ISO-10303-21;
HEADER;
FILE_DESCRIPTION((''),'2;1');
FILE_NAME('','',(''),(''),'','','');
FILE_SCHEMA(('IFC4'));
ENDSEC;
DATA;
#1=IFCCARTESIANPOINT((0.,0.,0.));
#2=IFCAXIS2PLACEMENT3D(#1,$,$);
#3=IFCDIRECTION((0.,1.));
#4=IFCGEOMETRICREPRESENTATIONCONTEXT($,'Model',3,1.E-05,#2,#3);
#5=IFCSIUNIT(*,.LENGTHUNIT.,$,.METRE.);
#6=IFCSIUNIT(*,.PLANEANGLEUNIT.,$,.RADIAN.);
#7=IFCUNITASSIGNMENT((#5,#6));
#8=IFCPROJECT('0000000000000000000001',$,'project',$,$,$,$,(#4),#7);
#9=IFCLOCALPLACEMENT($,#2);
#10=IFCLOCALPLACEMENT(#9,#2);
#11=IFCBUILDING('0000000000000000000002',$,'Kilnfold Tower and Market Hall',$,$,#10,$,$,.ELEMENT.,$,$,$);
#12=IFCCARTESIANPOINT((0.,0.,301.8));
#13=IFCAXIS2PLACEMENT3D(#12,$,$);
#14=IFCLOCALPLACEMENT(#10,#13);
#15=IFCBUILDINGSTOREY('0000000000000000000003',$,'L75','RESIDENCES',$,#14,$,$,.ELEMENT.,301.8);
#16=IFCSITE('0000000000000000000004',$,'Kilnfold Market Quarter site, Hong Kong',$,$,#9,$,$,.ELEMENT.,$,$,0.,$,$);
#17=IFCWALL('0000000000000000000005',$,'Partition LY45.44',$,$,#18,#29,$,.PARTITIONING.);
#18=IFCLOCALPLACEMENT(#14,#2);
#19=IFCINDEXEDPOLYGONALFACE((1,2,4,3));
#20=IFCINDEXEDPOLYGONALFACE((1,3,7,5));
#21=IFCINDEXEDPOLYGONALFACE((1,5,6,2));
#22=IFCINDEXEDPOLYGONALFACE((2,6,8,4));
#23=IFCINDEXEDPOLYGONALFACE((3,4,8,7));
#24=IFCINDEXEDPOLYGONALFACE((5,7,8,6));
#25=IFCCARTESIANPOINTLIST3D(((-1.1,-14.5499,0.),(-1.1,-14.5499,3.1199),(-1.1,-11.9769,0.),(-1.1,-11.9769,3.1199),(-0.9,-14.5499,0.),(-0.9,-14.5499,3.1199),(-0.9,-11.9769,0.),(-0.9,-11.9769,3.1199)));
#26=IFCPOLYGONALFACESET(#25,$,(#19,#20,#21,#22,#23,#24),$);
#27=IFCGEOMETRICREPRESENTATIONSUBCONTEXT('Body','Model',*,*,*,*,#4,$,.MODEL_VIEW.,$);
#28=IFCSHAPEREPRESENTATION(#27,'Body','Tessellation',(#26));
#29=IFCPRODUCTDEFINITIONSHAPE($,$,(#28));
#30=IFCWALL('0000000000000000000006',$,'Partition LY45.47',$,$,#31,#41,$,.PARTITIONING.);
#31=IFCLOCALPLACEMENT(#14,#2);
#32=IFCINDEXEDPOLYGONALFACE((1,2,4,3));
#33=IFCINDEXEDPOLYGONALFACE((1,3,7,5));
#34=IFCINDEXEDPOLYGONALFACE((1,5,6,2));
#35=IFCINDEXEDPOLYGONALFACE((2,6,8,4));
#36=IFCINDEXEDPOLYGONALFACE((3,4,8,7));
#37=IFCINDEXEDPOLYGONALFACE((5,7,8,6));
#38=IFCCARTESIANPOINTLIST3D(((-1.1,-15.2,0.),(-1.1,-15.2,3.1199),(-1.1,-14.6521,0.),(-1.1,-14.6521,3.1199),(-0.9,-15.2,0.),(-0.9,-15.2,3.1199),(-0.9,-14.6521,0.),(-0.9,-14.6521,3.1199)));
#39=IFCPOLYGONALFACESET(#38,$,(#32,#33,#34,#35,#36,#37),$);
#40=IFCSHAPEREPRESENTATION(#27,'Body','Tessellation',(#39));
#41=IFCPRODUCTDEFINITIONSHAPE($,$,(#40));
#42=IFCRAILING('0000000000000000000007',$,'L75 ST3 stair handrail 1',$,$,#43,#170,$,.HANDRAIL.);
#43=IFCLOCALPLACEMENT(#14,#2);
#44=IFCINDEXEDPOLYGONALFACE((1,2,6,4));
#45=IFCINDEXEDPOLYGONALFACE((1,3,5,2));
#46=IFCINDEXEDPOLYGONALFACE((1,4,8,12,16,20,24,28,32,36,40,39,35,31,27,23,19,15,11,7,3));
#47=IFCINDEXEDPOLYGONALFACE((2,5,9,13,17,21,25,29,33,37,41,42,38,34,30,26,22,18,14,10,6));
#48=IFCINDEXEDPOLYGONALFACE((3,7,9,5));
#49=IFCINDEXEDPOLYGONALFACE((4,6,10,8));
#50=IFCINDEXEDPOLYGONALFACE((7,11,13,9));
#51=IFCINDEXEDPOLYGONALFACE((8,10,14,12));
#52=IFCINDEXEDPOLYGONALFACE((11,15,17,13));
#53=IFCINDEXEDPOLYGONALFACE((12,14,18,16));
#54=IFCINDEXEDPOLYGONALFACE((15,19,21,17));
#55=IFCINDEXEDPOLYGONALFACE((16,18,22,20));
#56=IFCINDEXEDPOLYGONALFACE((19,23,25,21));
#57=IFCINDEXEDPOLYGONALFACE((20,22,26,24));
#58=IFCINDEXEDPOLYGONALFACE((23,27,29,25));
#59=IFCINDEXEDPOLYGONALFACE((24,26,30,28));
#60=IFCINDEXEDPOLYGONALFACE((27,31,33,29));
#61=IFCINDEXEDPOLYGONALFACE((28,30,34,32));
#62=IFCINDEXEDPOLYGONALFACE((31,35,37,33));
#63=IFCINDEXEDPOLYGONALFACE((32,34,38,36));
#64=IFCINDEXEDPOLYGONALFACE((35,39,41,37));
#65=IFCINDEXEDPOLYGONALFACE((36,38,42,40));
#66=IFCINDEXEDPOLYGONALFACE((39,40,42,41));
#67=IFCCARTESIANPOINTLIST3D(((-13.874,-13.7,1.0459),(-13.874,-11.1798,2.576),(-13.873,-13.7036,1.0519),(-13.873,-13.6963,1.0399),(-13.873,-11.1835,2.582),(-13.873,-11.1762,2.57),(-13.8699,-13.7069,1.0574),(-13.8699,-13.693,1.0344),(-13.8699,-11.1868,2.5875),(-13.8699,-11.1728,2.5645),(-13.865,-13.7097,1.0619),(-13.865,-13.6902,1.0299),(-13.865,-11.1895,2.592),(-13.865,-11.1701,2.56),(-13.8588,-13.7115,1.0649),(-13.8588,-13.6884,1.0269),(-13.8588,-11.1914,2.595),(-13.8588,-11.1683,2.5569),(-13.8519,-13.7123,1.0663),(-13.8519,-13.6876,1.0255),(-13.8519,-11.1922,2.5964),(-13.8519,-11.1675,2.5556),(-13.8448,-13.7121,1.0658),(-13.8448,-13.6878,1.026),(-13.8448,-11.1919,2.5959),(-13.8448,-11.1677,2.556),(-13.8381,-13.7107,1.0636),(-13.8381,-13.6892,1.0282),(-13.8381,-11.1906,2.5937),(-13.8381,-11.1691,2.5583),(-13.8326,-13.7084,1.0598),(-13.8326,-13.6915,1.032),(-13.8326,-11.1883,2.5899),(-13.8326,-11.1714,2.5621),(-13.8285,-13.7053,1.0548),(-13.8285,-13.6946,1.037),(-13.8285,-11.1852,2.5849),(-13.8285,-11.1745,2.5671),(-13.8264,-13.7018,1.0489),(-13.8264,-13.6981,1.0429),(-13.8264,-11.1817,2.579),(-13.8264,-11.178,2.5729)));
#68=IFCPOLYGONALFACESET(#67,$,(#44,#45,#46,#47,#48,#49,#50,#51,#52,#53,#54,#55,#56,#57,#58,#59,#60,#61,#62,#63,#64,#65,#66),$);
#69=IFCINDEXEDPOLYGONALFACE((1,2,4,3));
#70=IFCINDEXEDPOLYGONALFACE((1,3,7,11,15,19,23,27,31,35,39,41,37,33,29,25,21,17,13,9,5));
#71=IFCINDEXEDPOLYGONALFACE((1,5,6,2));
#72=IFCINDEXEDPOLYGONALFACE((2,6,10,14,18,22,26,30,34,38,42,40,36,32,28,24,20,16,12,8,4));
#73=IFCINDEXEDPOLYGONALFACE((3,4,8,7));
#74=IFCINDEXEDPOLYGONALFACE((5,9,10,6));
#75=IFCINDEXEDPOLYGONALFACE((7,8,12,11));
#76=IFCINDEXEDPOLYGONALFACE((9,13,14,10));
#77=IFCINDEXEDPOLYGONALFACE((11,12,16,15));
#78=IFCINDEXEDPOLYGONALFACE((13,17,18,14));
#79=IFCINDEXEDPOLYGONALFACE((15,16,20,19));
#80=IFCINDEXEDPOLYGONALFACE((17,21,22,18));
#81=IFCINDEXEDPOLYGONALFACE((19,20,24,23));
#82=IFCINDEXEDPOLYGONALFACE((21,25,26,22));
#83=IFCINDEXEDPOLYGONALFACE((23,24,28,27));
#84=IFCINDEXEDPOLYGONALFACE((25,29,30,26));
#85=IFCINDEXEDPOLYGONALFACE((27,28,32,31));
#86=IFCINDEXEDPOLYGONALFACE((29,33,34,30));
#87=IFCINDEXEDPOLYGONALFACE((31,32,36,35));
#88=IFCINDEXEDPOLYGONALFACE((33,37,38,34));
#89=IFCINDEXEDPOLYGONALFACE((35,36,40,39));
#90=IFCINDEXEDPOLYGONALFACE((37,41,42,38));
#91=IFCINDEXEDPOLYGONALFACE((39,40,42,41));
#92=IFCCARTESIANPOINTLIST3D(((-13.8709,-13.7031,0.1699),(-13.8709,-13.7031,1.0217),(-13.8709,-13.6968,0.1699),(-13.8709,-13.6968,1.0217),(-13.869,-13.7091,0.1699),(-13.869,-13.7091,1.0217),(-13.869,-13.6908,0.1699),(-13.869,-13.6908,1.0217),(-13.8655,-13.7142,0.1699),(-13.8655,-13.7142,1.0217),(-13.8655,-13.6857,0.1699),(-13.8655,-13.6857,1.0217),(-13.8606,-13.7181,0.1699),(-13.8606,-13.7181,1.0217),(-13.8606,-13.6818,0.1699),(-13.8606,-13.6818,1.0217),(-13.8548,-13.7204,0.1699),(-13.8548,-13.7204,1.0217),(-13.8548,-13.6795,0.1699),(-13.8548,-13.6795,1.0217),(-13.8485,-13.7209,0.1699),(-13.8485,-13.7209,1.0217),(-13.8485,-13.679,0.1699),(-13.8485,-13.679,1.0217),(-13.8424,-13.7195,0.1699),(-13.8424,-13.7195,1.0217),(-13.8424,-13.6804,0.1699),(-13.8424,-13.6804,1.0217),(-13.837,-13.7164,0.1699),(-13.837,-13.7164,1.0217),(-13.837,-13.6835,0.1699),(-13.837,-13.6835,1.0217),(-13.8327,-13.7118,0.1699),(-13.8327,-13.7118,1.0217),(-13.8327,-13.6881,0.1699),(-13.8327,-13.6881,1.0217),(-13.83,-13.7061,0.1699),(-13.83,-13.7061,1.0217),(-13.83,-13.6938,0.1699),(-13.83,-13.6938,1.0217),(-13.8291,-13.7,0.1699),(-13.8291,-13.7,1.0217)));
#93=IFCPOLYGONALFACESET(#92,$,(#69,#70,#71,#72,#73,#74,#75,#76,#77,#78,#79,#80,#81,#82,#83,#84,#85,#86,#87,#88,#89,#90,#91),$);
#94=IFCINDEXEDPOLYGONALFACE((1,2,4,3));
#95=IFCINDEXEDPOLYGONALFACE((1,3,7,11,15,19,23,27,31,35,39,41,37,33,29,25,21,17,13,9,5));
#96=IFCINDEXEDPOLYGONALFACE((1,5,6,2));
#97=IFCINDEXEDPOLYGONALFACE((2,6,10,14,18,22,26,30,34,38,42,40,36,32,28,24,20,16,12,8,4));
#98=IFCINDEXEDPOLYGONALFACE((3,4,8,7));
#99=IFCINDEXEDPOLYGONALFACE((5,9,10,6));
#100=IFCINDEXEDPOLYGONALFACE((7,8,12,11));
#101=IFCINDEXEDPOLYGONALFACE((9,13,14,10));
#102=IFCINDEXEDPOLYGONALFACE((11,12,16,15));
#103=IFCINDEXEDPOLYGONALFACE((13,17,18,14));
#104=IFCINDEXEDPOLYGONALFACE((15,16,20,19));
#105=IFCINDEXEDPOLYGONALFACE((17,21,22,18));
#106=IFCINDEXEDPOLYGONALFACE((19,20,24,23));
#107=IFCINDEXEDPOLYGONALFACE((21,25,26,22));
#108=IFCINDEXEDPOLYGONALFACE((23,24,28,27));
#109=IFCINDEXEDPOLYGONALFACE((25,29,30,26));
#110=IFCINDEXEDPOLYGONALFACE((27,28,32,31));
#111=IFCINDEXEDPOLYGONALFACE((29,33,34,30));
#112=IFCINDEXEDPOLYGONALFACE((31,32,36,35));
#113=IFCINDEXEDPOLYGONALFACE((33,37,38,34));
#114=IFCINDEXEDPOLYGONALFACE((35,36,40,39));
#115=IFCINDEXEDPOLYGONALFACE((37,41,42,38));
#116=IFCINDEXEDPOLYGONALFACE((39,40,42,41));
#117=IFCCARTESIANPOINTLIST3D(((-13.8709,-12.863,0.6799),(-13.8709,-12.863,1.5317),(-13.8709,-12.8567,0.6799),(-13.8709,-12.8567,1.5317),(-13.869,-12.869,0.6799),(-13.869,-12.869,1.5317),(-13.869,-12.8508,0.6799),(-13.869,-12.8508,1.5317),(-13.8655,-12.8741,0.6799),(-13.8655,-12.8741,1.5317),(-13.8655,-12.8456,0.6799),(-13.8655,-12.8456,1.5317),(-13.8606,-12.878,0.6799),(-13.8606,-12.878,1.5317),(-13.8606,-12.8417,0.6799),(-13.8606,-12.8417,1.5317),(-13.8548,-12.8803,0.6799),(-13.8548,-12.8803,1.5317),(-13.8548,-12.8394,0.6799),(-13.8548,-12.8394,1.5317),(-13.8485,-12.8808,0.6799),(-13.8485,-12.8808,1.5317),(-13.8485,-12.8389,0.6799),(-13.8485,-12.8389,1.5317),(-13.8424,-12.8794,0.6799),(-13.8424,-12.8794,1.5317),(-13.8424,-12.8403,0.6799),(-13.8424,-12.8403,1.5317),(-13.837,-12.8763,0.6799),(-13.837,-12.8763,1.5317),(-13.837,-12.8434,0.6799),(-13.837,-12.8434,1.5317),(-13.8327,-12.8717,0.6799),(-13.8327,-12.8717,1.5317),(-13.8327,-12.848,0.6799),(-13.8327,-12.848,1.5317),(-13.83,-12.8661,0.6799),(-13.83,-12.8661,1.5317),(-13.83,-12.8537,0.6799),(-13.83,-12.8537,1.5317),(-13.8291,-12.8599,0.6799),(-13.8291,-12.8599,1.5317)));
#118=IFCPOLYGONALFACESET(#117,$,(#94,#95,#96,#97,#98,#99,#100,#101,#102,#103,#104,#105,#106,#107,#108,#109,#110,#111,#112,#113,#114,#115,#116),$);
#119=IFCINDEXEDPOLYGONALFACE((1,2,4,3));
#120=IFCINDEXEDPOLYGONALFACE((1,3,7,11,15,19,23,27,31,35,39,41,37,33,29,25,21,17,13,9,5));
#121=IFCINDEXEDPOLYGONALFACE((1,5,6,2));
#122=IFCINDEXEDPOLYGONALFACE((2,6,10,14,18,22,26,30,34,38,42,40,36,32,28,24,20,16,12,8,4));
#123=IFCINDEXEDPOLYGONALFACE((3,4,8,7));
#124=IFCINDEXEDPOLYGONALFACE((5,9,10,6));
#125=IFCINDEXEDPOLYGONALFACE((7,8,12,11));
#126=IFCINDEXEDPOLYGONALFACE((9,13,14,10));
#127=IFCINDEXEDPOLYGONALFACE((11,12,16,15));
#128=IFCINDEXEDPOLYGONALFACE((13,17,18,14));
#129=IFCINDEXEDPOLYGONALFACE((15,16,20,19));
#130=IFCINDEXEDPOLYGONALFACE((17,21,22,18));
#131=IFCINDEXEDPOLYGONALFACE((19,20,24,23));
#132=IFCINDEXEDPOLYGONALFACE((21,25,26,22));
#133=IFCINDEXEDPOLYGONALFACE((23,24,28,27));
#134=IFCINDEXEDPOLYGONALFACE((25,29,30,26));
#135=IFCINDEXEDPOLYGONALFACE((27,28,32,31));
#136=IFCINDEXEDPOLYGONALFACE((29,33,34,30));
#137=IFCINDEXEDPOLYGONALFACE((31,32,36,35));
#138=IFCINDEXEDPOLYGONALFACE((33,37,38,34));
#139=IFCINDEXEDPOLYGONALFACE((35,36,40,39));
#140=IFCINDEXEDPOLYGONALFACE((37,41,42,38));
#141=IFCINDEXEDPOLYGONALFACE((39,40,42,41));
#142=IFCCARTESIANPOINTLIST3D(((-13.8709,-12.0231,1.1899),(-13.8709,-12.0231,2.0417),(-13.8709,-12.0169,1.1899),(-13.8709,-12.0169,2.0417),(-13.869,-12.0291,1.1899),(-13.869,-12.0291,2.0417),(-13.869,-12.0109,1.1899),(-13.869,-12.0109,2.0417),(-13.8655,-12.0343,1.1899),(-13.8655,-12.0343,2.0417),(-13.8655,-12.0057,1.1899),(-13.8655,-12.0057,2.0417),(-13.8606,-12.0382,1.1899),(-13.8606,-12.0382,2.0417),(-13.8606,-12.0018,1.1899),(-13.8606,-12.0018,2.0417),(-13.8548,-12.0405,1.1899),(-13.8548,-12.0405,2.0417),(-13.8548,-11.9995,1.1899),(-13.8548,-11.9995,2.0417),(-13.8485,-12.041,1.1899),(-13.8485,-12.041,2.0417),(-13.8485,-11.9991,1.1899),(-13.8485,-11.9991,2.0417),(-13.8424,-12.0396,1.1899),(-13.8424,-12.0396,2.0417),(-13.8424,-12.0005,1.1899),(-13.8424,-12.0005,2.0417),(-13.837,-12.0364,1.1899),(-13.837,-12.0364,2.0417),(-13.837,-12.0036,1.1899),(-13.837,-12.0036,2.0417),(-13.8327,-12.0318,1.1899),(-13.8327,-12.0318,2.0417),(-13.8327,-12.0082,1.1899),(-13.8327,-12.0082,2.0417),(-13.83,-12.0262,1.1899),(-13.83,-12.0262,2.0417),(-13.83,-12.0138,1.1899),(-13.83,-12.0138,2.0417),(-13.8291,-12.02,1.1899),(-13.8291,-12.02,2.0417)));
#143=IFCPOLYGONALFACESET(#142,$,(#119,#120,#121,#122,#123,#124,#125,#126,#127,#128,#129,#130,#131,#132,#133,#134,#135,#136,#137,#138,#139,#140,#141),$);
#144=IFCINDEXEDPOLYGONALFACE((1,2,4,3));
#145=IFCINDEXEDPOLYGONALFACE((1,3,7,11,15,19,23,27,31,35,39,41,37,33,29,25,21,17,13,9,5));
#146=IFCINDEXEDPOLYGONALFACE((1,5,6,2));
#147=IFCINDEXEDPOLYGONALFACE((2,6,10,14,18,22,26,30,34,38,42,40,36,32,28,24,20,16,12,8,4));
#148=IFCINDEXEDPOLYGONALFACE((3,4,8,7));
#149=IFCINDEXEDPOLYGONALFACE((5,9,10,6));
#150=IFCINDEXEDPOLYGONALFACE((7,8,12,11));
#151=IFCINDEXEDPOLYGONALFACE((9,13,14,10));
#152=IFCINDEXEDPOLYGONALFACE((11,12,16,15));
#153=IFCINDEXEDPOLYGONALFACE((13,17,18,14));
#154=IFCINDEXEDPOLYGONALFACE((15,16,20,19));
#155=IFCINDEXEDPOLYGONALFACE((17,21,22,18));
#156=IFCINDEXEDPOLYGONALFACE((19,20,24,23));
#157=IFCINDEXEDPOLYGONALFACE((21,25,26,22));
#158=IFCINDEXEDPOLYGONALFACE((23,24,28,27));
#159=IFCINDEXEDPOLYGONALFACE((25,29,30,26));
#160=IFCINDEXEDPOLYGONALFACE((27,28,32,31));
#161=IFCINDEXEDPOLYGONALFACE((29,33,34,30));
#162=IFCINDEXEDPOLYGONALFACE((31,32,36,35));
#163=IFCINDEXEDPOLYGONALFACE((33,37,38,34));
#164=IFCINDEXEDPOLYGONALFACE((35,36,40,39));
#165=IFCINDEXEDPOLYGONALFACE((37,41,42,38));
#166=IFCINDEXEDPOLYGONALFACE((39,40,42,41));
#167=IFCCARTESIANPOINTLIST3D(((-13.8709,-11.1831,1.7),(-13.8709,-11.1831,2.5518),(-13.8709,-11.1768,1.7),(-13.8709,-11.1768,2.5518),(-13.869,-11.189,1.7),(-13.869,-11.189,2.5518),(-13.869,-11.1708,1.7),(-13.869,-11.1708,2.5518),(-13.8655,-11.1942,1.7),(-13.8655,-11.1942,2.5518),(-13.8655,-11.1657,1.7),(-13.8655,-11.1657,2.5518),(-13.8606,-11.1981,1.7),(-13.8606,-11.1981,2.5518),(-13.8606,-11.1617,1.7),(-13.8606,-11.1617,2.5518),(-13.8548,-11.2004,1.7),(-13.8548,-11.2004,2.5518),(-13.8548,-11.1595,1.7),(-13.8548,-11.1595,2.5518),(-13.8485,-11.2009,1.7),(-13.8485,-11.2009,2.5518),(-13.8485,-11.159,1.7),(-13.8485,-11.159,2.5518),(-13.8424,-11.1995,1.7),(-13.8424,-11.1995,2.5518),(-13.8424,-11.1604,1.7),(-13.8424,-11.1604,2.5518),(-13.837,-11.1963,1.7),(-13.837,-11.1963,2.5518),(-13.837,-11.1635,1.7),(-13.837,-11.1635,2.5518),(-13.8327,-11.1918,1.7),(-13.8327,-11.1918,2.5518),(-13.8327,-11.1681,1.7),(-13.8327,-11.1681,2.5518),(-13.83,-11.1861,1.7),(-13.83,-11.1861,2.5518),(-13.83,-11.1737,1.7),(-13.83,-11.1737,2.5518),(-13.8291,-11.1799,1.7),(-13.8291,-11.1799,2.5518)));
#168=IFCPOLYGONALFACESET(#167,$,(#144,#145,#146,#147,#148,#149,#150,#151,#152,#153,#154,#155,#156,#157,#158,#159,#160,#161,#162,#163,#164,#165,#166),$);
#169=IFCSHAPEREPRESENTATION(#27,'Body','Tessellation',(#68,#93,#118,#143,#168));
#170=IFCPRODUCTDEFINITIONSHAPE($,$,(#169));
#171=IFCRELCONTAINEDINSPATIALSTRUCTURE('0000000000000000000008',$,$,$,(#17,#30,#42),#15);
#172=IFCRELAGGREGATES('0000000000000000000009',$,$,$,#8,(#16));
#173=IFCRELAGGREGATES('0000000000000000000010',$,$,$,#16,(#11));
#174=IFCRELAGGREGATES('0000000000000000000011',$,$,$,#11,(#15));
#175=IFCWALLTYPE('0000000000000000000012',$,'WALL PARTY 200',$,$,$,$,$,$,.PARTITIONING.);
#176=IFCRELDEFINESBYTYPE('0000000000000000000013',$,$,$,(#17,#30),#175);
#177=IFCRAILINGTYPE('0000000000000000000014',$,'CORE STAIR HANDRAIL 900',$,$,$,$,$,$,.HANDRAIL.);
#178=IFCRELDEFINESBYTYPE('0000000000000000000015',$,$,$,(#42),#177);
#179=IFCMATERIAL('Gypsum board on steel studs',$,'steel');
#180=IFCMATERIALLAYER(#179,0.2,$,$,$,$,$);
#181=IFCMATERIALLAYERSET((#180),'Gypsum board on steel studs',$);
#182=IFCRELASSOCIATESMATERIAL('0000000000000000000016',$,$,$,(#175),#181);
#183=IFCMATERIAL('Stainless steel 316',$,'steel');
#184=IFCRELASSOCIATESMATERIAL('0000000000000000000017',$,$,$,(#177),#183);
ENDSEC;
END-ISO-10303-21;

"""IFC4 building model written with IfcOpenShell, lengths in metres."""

from ifc_helpers import new_model, si_unit, direction, frame, frame_2d, origin, origin_2d, place, context, subcontext, project, spatial, rectangle, circle, extrude, material, layer, layer_set, type_object, element, save


model = new_model("IFC4")

# Units and contexts
model_context = context("Model", 3, precision=1e-05, world=origin(), true_north=direction((0.0, 1.0)))
body_context = subcontext(model_context, "Body", "Model", "MODEL_VIEW")
ifc_project = project(units=[si_unit("LENGTHUNIT", "METRE"), si_unit("PLANEANGLEUNIT", "RADIAN")], contexts=[model_context])

# Site, building, storey
site_placement = place(None, origin())
site = spatial("IfcSite", under=ifc_project, at=site_placement, Name="Kilnfold Market Quarter site, Hong Kong", CompositionType="ELEMENT", RefElevation=0.0)
building_placement = place(site_placement, origin())
building = spatial("IfcBuilding", under=site, at=building_placement, Name="Kilnfold Tower and Market Hall", CompositionType="ELEMENT")
storey_placement = place(building_placement, frame((0.0, 0.0, 301.8)))
storey = spatial("IfcBuildingStorey", under=building, at=storey_placement, Name="L75", Description="RESIDENCES", CompositionType="ELEMENT", Elevation=301.8)

# Walls
ifc_material_1 = material(Name="Gypsum board on steel studs", Category="steel")
ifc_layer_1 = layer(ifc_material_1, 0.2)
ifc_layer_set_1 = layer_set([ifc_layer_1], Name="Gypsum board on steel studs")
wall_type_1 = type_object("IfcWallType", Name="WALL PARTY 200", PredefinedType="PARTITIONING", material=ifc_layer_set_1)
wall_1_placement = place(storey_placement, frame((-1.0, -14.55, 0.0), z_axis=(0.0, 0.0, 1.0), x_axis=(0.0, 1.0, 0.0)))
element("IfcWall", 1, at=wall_1_placement, inside=storey, type_object=wall_type_1, Name="Partition LY45.44", PredefinedType="PARTITIONING", context=body_context, shape_type="SweptSolid", body=[
    extrude(rectangle(XDim=2.573, YDim=0.2, at=frame_2d((1.2866, 0.0))), origin(), (0.0, 0.0, 1.0), 3.1199),
])
wall_2_placement = place(storey_placement, frame((-1.0, -15.2, 0.0), z_axis=(0.0, 0.0, 1.0), x_axis=(0.0, 1.0, 0.0)))
element("IfcWall", 2, at=wall_2_placement, inside=storey, type_object=wall_type_1, Name="Partition LY45.47", PredefinedType="PARTITIONING", context=body_context, shape_type="SweptSolid", body=[
    extrude(rectangle(XDim=0.5479, YDim=0.2, at=frame_2d((0.2739, 0.0))), origin(), (0.0, 0.0, 1.0), 3.1199),
])

# Railing
ifc_material_2 = material(Name="Stainless steel 316", Category="steel")
railing_type = type_object("IfcRailingType", Name="CORE STAIR HANDRAIL 900", PredefinedType="HANDRAIL", material=ifc_material_2)
railing_placement = place(storey_placement, frame((-13.8501, -13.7, 0.1699)))
element("IfcRailing", 3, at=railing_placement, inside=storey, type_object=railing_type, Name="L75 ST3 stair handrail 1", PredefinedType="HANDRAIL", context=body_context, shape_type="SweptSolid", body=[
    extrude(circle(Radius=0.0239, at=origin_2d()), frame((0.0, 0.0, 0.876), z_axis=(0.0, 0.854785, 0.518982), x_axis=(-1.0, 0.0, 0.0)), (0.0, 0.0, 1.0), 2.9482),
    extrude(circle(Radius=0.021, at=origin_2d()), origin(), (0.0, 0.0, 1.0), 0.8518),
    extrude(circle(Radius=0.021, at=origin_2d()), frame((0.0, 0.8401, 0.51)), (0.0, 0.0, 1.0), 0.8518),
    extrude(circle(Radius=0.021, at=origin_2d()), frame((0.0, 1.6799, 1.02)), (0.0, 0.0, 1.0), 0.8518),
    extrude(circle(Radius=0.021, at=origin_2d()), frame((0.0, 2.52, 1.53)), (0.0, 0.0, 1.0), 0.8518),
])

save(model, "model.ifc")
